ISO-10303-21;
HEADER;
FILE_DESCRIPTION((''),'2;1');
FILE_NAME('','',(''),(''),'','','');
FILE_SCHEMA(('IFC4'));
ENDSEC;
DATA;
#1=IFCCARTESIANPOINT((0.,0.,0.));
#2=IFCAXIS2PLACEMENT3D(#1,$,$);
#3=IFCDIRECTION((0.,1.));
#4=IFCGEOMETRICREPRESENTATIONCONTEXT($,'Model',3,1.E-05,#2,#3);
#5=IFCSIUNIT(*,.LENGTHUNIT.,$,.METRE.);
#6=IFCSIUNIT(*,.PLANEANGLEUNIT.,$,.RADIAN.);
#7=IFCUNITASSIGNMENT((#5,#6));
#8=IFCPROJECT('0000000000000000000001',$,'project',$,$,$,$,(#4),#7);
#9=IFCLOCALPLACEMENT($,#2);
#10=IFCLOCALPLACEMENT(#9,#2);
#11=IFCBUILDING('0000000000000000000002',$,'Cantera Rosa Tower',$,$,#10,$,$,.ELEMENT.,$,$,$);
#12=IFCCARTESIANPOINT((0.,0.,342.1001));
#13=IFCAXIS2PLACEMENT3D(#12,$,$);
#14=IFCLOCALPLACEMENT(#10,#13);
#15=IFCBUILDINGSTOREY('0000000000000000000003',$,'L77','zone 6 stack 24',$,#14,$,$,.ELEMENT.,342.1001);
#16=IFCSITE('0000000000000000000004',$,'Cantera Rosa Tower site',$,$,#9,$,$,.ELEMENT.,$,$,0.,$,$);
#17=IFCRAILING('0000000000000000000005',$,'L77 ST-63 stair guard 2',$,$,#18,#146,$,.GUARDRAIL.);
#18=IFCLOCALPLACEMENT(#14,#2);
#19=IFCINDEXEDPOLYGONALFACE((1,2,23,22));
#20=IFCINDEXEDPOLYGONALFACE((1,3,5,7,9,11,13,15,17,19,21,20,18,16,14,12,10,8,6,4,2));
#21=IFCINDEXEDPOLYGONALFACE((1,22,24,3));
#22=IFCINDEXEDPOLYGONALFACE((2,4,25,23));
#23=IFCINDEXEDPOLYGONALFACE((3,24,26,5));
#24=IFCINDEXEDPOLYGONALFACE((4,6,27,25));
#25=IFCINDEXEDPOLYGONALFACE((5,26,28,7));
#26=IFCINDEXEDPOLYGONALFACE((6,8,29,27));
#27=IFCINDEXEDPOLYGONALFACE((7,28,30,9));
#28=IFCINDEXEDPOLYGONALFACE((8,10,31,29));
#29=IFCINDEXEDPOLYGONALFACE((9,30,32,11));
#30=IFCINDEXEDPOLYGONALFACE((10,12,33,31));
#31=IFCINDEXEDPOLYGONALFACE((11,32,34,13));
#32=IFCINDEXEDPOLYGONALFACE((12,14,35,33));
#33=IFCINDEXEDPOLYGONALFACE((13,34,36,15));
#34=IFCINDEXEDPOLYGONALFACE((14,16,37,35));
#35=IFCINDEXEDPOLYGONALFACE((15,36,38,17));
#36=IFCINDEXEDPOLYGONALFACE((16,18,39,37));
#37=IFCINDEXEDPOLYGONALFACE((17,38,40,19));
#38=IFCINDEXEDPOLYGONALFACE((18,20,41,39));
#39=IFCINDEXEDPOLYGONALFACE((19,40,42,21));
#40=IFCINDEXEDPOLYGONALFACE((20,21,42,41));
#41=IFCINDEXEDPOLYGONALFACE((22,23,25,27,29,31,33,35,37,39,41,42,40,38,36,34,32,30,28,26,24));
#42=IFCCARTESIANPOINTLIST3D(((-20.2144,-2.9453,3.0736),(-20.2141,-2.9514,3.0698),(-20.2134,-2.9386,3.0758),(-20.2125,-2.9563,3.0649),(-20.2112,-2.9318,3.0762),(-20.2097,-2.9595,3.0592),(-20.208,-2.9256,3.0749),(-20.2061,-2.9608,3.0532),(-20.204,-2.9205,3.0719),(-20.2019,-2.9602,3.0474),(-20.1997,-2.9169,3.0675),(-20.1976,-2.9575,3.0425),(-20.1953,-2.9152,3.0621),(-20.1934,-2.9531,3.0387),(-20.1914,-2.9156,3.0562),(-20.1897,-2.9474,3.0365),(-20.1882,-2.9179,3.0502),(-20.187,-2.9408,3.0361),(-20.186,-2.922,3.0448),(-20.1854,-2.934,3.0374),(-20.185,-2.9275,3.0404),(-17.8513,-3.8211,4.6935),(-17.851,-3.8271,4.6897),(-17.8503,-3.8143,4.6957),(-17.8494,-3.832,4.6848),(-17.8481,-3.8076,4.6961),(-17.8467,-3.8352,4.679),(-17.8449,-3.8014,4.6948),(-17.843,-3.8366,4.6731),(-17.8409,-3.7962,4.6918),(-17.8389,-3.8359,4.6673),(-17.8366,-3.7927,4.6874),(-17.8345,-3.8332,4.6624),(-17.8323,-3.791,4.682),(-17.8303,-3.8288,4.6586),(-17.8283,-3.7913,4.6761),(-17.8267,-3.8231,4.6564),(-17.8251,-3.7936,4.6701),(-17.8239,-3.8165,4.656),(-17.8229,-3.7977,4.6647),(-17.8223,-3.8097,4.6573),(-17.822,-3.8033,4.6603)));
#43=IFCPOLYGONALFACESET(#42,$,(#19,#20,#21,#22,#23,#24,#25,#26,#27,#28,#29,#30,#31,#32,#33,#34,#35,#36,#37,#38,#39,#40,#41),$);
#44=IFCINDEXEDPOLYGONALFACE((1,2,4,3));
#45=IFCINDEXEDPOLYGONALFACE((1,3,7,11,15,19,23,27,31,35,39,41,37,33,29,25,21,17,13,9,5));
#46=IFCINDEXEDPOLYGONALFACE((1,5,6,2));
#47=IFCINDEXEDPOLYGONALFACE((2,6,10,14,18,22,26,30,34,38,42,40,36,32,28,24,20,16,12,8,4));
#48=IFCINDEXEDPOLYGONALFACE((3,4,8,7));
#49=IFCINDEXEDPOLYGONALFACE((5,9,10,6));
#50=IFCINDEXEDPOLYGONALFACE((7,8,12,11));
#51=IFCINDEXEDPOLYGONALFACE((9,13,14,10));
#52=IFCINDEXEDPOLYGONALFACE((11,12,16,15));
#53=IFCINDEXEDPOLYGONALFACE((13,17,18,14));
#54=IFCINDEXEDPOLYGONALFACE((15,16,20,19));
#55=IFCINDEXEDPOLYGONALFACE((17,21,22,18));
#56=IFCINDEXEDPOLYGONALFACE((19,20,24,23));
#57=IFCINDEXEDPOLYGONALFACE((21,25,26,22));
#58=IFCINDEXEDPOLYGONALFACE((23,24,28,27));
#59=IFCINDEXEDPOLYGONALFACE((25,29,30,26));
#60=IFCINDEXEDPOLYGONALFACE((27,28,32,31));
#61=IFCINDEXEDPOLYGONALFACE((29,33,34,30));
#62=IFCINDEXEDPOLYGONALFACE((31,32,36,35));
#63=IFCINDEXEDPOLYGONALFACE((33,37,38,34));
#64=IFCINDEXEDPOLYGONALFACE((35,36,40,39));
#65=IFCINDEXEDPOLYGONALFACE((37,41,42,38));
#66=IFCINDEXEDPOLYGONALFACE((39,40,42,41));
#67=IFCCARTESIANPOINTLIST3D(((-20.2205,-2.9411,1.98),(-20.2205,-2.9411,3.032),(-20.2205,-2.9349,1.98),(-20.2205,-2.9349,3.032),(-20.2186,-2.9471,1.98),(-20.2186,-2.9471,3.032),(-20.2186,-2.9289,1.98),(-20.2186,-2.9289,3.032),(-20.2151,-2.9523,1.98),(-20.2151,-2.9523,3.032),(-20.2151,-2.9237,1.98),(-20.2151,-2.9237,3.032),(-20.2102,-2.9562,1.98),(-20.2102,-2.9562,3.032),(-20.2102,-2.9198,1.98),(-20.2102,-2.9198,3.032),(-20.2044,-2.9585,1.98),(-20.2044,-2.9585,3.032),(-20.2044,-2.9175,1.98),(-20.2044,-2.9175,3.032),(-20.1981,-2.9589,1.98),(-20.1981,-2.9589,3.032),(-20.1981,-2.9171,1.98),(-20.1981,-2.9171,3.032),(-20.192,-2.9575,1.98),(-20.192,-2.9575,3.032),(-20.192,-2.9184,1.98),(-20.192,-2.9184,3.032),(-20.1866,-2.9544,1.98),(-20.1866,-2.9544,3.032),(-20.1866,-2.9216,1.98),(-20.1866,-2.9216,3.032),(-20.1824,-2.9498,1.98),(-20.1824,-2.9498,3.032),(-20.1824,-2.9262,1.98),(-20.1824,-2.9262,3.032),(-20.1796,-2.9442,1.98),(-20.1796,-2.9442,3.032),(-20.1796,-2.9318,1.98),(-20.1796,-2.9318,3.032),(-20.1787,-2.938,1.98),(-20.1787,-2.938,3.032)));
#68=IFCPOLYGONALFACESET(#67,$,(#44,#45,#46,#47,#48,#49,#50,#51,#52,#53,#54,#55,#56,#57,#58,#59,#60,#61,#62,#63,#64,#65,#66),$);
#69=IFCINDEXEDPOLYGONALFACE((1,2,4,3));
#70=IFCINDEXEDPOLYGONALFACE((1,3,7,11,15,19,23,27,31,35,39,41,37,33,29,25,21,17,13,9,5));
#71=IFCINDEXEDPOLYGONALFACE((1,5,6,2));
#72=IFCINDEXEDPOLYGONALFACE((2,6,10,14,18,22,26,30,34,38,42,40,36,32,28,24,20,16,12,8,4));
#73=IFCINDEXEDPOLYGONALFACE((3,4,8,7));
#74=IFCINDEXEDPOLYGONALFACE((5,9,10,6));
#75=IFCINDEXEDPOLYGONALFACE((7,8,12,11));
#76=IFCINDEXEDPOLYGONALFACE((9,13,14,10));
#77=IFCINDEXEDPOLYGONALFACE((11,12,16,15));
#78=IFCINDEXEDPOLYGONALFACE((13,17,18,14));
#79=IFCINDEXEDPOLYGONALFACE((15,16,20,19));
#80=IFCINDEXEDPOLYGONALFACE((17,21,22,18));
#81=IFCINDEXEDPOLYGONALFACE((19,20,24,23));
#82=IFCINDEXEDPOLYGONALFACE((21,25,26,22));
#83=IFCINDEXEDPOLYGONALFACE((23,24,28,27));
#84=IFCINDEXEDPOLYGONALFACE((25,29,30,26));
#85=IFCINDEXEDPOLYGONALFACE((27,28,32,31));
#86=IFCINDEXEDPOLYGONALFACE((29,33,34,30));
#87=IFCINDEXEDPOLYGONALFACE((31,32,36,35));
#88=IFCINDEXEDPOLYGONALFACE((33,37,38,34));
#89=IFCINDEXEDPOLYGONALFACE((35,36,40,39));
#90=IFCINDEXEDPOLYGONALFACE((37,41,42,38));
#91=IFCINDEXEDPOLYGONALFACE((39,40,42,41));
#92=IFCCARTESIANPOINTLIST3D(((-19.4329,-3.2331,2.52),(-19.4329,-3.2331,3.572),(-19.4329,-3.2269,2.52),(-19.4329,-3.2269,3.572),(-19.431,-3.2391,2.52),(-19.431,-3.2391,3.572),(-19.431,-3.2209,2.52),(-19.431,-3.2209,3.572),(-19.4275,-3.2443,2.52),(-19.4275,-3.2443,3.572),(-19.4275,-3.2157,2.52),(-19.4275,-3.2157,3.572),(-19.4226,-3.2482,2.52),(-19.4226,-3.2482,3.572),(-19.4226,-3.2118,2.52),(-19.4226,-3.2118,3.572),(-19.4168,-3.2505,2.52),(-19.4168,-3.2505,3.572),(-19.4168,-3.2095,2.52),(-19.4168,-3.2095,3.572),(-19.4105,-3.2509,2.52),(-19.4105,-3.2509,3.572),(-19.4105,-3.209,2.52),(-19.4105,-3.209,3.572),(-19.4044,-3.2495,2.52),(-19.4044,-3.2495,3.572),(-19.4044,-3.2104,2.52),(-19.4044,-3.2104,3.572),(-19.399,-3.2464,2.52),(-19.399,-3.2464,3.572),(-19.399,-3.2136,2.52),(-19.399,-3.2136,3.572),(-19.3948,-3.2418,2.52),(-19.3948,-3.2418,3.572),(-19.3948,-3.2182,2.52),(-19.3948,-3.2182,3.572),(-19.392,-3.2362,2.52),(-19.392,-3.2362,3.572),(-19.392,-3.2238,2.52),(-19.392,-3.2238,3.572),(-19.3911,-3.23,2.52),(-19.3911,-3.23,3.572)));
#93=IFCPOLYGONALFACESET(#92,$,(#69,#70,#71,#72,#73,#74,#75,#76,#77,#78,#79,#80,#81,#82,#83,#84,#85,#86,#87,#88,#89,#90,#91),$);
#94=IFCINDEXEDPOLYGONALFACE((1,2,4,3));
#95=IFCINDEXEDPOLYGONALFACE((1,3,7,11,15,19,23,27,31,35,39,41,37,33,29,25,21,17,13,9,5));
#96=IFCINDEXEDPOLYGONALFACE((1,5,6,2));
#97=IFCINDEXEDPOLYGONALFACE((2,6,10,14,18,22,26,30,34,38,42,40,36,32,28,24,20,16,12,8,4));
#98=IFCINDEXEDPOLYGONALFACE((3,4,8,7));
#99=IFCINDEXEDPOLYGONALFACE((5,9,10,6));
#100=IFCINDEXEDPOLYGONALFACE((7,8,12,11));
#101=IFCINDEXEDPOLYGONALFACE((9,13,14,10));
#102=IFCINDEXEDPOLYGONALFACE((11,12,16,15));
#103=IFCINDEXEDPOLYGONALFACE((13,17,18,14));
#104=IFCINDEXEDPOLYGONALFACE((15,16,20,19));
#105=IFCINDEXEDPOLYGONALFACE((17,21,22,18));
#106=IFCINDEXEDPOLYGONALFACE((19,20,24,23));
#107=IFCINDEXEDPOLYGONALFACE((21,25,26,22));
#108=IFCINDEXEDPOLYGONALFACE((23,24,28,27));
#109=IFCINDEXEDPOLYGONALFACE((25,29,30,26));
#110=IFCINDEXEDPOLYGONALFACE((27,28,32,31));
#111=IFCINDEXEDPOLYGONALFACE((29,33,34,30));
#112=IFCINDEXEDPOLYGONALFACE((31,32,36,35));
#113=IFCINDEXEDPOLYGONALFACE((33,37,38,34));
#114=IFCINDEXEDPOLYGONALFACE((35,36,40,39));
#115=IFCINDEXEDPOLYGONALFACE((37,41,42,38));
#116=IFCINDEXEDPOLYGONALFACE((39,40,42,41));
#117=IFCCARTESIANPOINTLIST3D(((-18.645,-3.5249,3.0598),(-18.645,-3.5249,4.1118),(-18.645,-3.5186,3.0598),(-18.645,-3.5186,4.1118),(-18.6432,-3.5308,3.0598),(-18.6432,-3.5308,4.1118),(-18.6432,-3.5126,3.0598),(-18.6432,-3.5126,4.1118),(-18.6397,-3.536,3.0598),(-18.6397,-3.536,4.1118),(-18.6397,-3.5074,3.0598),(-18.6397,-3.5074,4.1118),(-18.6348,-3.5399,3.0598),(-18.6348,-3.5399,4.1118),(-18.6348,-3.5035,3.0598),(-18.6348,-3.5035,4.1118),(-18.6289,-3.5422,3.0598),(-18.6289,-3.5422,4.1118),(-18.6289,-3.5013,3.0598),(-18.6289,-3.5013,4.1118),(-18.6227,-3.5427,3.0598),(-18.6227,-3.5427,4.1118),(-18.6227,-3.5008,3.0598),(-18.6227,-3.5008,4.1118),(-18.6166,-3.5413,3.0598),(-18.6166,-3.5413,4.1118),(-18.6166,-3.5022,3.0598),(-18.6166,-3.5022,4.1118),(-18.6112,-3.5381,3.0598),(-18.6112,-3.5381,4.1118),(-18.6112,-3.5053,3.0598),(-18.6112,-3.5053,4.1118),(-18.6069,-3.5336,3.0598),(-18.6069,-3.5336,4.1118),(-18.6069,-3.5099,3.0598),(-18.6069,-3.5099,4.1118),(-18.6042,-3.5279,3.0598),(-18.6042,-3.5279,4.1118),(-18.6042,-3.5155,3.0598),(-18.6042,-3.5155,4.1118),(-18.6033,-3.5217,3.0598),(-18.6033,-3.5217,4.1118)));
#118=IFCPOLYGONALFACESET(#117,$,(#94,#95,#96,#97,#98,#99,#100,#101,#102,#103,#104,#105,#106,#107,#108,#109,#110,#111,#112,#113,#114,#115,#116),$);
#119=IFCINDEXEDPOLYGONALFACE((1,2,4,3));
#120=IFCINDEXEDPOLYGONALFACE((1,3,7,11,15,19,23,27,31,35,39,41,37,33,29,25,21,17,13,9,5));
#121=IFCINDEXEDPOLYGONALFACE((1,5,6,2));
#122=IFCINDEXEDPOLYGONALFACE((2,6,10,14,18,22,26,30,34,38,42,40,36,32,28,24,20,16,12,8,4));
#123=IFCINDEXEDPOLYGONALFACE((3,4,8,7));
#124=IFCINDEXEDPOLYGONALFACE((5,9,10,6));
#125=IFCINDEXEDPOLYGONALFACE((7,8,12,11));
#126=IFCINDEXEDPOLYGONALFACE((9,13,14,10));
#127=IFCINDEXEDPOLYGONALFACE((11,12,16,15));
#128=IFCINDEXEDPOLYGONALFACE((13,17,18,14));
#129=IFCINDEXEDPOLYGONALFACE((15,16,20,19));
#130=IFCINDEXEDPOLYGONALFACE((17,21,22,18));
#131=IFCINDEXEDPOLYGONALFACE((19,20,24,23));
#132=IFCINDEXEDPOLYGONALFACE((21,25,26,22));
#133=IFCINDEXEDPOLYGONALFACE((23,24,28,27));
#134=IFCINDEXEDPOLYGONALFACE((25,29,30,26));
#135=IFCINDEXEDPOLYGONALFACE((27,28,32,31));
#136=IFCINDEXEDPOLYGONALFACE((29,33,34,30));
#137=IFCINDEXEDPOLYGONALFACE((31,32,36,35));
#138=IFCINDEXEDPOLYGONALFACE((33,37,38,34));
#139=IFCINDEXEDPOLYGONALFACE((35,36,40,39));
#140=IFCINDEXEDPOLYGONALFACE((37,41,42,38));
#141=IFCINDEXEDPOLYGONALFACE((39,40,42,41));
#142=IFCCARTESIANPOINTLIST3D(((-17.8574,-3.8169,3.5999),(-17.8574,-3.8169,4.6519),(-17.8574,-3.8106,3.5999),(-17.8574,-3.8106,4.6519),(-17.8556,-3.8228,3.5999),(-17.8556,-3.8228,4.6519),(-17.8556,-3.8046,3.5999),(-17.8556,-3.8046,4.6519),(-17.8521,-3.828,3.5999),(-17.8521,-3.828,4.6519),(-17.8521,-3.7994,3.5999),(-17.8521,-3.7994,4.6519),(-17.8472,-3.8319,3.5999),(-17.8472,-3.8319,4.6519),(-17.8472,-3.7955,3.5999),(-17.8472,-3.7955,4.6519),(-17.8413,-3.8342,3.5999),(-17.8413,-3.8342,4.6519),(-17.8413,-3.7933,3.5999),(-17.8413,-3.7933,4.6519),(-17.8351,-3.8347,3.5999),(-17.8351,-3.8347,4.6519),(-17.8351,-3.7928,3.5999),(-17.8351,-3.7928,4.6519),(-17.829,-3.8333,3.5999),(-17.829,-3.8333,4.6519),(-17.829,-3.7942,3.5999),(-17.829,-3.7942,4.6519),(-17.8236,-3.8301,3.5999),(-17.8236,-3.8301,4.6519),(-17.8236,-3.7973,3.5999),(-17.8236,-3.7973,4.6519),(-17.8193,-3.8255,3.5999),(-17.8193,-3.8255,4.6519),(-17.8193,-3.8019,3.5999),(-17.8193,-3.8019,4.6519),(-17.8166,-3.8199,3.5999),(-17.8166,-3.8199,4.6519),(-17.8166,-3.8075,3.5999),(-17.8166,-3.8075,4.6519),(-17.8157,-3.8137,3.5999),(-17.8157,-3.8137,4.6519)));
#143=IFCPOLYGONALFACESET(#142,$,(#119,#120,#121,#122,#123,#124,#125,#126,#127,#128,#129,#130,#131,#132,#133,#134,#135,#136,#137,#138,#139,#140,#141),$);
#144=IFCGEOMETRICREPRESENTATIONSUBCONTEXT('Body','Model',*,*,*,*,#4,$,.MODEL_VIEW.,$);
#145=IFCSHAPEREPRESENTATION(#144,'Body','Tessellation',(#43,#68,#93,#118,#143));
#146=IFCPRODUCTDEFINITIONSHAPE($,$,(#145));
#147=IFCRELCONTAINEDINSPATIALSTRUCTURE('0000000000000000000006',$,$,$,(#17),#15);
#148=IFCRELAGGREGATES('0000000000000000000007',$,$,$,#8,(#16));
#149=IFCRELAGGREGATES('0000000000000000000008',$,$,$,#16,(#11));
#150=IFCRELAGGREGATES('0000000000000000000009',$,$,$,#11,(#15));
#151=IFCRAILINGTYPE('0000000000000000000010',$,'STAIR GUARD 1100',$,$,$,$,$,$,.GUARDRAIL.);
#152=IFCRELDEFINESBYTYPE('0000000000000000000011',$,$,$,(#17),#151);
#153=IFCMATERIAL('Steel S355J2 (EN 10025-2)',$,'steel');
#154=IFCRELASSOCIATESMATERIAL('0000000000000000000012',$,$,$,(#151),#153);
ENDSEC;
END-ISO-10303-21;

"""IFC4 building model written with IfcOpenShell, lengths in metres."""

from ifc_helpers import new_model, si_unit, direction, frame, origin, origin_2d, place, context, subcontext, project, spatial, circle, extrude, material, type_object, element, save


model = new_model("IFC4")

# Units and contexts
model_context = context("Model", 3, precision=1e-05, world=origin(), true_north=direction((0.0, 1.0)))
body_context = subcontext(model_context, "Body", "Model", "MODEL_VIEW")
ifc_project = project(units=[si_unit("LENGTHUNIT", "METRE"), si_unit("PLANEANGLEUNIT", "RADIAN")], contexts=[model_context])

# Site, building, storey
site_placement = place(None, origin())
site = spatial("IfcSite", under=ifc_project, at=site_placement, Name="Cantera Rosa Tower site", CompositionType="ELEMENT", RefElevation=0.0)
building_placement = place(site_placement, origin())
building = spatial("IfcBuilding", under=site, at=building_placement, Name="Cantera Rosa Tower", CompositionType="ELEMENT")
storey_placement = place(building_placement, frame((0.0, 0.0, 342.1001)))
storey = spatial("IfcBuildingStorey", under=building, at=storey_placement, Name="L77", Description="zone 6 stack 24", CompositionType="ELEMENT", Elevation=342.1001)

# Railing
ifc_material_1 = material(Name="Steel S355J2 (EN 10025-2)", Category="steel")
railing_type_1 = type_object("IfcRailingType", Name="STAIR GUARD 1100", PredefinedType="GUARDRAIL", material=ifc_material_1)
railing_1_placement = place(storey_placement, frame((-20.1997, -2.938, 1.98)))
element("IfcRailing", 1, at=railing_1_placement, inside=storey, type_object=railing_type_1, Name="L77 ST-63 stair guard 2", PredefinedType="GUARDRAIL", context=body_context, shape_type="SweptSolid", body=[
    extrude(circle(Radius=0.0239, at=origin_2d()), frame((0.0, 0.0, 1.0762), z_axis=(0.788782, -0.29232, 0.540714), x_axis=(0.347501, 0.93768, 0.0)), (0.0, 0.0, 1.0), 2.9958),
    extrude(circle(Radius=0.021, at=origin_2d()), origin(), (0.0, 0.0, 1.0), 1.052),
    extrude(circle(Radius=0.021, at=origin_2d()), frame((0.7876, -0.292, 0.54)), (0.0, 0.0, 1.0), 1.052),
    extrude(circle(Radius=0.021, at=origin_2d()), frame((1.5754, -0.5837, 1.0798)), (0.0, 0.0, 1.0), 1.052),
    extrude(circle(Radius=0.021, at=origin_2d()), frame((2.363, -0.8757, 1.6199)), (0.0, 0.0, 1.0), 1.052),
])

save(model, "model.ifc")
